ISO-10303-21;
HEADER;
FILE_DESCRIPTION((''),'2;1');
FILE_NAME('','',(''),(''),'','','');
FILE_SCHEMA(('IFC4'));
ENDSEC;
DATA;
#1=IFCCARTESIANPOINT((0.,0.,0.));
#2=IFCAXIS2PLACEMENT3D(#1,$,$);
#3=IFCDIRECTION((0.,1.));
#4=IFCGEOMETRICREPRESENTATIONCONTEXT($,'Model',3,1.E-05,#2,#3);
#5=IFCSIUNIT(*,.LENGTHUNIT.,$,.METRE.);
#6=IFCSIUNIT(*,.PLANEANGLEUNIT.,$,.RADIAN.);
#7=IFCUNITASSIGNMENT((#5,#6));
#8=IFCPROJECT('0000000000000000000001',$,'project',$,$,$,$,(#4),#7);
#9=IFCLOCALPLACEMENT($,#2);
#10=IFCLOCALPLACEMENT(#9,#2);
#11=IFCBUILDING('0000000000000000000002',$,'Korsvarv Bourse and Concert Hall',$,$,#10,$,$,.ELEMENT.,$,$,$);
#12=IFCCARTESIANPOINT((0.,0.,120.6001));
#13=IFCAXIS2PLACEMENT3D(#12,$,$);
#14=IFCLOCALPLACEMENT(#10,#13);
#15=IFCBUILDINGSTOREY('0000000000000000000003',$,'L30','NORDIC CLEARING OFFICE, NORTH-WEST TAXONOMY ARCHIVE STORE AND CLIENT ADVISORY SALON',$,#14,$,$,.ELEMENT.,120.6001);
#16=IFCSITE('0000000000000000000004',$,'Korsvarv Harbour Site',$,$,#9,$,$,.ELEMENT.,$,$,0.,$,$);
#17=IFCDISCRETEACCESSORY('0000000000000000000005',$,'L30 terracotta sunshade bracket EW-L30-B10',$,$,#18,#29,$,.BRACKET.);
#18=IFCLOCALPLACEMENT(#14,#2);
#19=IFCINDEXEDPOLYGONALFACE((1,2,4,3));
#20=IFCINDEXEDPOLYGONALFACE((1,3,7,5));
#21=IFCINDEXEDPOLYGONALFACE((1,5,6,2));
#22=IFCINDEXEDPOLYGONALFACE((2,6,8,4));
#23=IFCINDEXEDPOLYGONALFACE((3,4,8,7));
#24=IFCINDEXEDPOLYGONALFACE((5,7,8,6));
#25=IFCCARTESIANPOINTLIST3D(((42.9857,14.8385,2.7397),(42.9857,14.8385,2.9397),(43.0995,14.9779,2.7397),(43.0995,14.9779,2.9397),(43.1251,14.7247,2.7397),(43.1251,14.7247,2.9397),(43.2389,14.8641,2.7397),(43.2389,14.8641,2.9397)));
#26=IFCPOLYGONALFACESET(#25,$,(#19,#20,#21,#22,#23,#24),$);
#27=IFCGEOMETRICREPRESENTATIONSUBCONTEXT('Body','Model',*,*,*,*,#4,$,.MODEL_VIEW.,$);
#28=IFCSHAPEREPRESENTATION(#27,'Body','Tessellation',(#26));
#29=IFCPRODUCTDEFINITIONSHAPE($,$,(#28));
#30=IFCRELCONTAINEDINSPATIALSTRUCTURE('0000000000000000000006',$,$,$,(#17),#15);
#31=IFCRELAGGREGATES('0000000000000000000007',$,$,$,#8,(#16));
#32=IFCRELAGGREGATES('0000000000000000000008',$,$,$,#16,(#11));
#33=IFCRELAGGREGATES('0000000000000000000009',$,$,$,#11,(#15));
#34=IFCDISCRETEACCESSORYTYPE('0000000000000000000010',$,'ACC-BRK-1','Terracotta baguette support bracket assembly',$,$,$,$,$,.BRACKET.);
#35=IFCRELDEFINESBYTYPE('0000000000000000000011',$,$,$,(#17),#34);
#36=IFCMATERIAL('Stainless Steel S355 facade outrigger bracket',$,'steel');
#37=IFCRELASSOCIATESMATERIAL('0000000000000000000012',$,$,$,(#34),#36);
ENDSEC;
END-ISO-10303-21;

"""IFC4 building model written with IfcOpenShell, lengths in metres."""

from ifc_helpers import new_model, si_unit, direction, frame, origin, origin_2d, place, context, subcontext, project, spatial, rectangle, extrude, source, transform, mapped, material, type_object, element, save


model = new_model("IFC4")

# Units and contexts
model_context = context("Model", 3, precision=1e-05, world=origin(), true_north=direction((0.0, 1.0)))
body_context = subcontext(model_context, "Body", "Model", "MODEL_VIEW")
ifc_project = project(units=[si_unit("LENGTHUNIT", "METRE"), si_unit("PLANEANGLEUNIT", "RADIAN")], contexts=[model_context])

# Site, building, storey
site_placement = place(None, origin())
site = spatial("IfcSite", under=ifc_project, at=site_placement, Name="Korsvarv Harbour Site", CompositionType="ELEMENT", RefElevation=0.0)
building_placement = place(site_placement, origin())
building = spatial("IfcBuilding", under=site, at=building_placement, Name="Korsvarv Bourse and Concert Hall", CompositionType="ELEMENT")
storey_placement = place(building_placement, frame((0.0, 0.0, 120.6001)))
storey = spatial("IfcBuildingStorey", under=building, at=storey_placement, Name="L30", Description="NORDIC CLEARING OFFICE, NORTH-WEST TAXONOMY ARCHIVE STORE AND CLIENT ADVISORY SALON", CompositionType="ELEMENT", Elevation=120.6001)

# Discrete accessory
ifc_material_1 = material(Name="Stainless Steel S355 facade outrigger bracket", Category="steel")
discrete_accessory_type = type_object("IfcDiscreteAccessoryType", Name="ACC-BRK-1", Description="Terracotta baguette support bracket assembly", PredefinedType="BRACKET", material=ifc_material_1)
shared_shape_1 = source(origin(), body_context, "Body", "SweptSolid", [
    extrude(rectangle(XDim=0.1799, YDim=0.1799, at=origin_2d()), origin(), (0.0, 0.0, 1.0), 0.2),
])
for number, where, z_axis, x_axis, name in (
    (1, (43.1123, 14.8513, 2.7397), (0.0, 0.0, 1.0), (0.63257, 0.774503, 0.0), "L30 terracotta sunshade bracket EW-L30-B10"),
):
    element("IfcDiscreteAccessory", number, at=place(storey_placement, frame(where, z_axis=z_axis, x_axis=x_axis)), inside=storey, type_object=discrete_accessory_type, Name=name, PredefinedType="BRACKET", context=body_context, shape_type="MappedRepresentation", body=[
        mapped(shared_shape_1, transform((0.0, 0.0, 0.0), scale=1.0)),
    ])

save(model, "model.ifc")
